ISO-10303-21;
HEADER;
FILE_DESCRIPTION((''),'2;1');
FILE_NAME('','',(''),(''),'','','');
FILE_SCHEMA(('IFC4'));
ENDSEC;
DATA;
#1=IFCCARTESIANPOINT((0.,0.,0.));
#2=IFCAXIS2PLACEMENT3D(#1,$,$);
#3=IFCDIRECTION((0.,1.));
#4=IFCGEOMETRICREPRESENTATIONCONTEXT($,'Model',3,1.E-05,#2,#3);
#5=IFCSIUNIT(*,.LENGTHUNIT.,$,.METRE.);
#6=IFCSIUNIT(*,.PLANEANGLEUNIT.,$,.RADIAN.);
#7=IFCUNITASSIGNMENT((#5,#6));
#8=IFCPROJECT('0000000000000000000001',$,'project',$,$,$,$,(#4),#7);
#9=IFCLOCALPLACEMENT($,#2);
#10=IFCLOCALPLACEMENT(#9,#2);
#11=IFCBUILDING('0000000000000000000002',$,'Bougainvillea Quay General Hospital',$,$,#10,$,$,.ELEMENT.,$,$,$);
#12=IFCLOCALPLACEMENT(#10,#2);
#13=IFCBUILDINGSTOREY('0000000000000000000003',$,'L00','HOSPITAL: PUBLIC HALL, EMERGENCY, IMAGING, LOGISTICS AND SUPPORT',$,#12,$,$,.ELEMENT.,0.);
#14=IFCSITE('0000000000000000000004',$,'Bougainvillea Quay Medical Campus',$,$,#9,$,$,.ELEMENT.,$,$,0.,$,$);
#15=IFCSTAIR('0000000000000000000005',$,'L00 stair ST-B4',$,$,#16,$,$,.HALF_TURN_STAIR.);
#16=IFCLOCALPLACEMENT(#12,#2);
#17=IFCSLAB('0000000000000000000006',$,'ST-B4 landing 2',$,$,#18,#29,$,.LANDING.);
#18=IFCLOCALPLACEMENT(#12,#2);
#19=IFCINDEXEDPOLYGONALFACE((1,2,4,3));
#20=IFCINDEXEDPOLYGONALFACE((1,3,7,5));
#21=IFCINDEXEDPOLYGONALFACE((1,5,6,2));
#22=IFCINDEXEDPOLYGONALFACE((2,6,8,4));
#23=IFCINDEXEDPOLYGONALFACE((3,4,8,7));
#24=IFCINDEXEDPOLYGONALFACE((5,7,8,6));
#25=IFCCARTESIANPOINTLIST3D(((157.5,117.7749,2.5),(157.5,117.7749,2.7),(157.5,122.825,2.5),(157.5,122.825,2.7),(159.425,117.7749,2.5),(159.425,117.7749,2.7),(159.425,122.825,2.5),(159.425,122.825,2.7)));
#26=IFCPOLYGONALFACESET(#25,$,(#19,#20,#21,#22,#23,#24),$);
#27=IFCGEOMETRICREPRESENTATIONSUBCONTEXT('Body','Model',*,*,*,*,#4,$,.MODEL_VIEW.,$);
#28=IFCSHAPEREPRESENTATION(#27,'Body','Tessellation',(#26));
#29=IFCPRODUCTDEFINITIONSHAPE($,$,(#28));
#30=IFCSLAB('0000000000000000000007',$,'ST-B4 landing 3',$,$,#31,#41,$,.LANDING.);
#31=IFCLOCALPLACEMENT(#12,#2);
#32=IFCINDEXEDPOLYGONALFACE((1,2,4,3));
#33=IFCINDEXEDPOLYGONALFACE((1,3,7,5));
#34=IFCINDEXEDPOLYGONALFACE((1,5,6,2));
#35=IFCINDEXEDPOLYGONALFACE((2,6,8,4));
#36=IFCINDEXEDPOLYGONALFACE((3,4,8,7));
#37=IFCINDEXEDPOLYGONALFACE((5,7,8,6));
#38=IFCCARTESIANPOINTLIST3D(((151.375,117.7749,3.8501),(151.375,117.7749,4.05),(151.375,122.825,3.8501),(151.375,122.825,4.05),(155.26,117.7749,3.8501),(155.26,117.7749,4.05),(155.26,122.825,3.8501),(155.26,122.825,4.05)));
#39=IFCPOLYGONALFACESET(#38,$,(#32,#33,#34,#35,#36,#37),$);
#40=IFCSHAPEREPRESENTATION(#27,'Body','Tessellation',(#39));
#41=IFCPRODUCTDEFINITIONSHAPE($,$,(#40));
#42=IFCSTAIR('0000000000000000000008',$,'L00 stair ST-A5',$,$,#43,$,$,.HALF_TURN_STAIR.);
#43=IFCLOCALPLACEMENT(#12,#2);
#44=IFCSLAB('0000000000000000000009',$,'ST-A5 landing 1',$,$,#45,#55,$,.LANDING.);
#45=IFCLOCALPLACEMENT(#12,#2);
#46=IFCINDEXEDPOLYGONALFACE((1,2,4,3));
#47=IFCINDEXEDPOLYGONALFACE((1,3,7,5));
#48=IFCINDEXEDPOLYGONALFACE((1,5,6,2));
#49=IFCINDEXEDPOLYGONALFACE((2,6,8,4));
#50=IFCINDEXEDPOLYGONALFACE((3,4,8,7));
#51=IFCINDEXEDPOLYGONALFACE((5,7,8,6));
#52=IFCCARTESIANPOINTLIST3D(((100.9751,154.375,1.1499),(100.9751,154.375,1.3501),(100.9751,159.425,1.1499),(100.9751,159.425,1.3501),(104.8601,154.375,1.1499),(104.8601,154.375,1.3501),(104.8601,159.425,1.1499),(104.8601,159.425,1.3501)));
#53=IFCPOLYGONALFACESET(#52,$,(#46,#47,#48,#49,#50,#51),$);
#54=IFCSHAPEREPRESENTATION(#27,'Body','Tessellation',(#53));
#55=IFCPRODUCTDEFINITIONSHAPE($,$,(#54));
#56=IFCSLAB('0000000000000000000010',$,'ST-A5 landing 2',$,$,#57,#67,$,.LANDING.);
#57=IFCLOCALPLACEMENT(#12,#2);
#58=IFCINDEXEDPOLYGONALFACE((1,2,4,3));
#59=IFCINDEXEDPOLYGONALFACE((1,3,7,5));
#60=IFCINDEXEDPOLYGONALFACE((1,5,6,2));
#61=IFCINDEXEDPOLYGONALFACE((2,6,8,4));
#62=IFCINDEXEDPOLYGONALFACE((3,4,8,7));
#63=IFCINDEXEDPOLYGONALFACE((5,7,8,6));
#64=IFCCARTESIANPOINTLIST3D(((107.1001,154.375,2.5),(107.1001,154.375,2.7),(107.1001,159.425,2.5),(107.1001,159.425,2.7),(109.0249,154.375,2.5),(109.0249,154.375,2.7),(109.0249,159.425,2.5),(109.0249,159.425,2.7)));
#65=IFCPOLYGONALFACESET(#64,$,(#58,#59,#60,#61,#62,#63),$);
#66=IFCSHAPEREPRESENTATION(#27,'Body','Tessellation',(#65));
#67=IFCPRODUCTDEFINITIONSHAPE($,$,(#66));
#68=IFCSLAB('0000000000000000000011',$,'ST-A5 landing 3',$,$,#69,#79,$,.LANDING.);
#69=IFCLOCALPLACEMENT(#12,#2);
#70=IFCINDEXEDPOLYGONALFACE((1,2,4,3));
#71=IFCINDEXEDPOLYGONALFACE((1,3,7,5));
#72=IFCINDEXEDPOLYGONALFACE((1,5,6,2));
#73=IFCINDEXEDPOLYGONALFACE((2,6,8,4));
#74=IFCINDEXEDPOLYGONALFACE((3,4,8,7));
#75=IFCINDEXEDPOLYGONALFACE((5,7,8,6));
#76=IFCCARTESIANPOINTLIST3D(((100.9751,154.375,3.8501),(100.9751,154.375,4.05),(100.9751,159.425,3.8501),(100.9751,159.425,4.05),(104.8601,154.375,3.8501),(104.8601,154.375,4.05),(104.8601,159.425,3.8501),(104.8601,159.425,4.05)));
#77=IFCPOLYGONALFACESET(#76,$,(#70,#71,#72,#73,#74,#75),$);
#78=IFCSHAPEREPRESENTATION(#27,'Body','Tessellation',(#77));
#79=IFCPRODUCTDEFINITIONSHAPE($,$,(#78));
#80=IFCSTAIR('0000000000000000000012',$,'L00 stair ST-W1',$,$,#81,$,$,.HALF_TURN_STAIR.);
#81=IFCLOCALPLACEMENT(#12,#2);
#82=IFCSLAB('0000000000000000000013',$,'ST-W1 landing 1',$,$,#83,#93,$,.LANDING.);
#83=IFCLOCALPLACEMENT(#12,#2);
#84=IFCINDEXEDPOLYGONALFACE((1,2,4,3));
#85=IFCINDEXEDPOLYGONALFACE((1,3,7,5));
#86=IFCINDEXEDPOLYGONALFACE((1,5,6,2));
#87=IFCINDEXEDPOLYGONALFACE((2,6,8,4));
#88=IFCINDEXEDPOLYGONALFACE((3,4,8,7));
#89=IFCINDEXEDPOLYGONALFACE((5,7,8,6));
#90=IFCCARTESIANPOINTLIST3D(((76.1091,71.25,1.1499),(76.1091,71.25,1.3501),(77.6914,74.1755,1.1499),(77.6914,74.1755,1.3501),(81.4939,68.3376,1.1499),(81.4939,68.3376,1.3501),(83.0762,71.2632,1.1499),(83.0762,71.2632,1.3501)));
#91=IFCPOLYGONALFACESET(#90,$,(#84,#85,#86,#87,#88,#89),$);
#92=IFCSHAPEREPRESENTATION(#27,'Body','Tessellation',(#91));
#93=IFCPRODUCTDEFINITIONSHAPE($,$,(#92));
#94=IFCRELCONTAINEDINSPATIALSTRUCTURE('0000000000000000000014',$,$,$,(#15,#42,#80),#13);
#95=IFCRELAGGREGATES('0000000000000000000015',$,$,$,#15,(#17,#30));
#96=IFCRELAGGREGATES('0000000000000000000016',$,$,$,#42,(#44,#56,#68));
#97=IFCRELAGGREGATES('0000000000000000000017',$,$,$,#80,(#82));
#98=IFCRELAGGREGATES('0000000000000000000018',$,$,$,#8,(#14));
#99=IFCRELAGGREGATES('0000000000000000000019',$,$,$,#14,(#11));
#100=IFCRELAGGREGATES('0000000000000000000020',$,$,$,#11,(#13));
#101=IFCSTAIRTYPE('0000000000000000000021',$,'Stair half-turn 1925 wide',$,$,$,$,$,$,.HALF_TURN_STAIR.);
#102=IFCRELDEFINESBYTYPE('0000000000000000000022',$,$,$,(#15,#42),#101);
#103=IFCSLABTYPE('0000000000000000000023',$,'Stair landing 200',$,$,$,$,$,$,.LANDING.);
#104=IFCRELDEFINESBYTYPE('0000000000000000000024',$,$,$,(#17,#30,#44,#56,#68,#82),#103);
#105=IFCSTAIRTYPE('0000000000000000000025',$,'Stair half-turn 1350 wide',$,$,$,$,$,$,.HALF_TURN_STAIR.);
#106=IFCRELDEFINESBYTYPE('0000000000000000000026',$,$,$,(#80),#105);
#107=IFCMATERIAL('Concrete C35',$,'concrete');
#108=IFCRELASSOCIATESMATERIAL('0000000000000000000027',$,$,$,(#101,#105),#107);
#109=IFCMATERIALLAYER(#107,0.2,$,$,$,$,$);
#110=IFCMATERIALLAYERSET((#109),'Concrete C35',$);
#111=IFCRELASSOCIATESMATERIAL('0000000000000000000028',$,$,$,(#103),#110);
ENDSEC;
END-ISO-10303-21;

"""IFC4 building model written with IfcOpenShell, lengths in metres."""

from ifc_helpers import new_model, si_unit, direction, frame, origin, place, context, subcontext, project, spatial, polyline, outline, extrude, material, layer, layer_set, type_object, element, aggregate, save


model = new_model("IFC4")

# Units and contexts
model_context = context("Model", 3, precision=1e-05, world=origin(), true_north=direction((0.0, 1.0)))
body_context = subcontext(model_context, "Body", "Model", "MODEL_VIEW")
ifc_project = project(units=[si_unit("LENGTHUNIT", "METRE"), si_unit("PLANEANGLEUNIT", "RADIAN")], contexts=[model_context])

# Site, building, storey
site_placement = place(None, origin())
site = spatial("IfcSite", under=ifc_project, at=site_placement, Name="Bougainvillea Quay Medical Campus", CompositionType="ELEMENT", RefElevation=0.0)
building_placement = place(site_placement, origin())
building = spatial("IfcBuilding", under=site, at=building_placement, Name="Bougainvillea Quay General Hospital", CompositionType="ELEMENT")
storey_placement = place(building_placement, origin())
storey = spatial("IfcBuildingStorey", under=building, at=storey_placement, Name="L00", Description="HOSPITAL: PUBLIC HALL, EMERGENCY, IMAGING, LOGISTICS AND SUPPORT", CompositionType="ELEMENT", Elevation=0.0)

# Stairs, slabs
ifc_material = material(Name="Concrete C35", Category="concrete")
stair_type_1 = type_object("IfcStairType", Name="Stair half-turn 1925 wide", PredefinedType="HALF_TURN_STAIR", material=ifc_material)
ifc_layer = layer(ifc_material, 0.2)
ifc_layer_set = layer_set([ifc_layer], Name="Concrete C35")
slab_type = type_object("IfcSlabType", Name="Stair landing 200", PredefinedType="LANDING", material=ifc_layer_set)
stair_1_placement = place(storey_placement, origin())
stair_1 = element("IfcStair", 1, at=stair_1_placement, inside=storey, type_object=stair_type_1, Name="L00 stair ST-B4", PredefinedType="HALF_TURN_STAIR")
slab_1_placement = place(storey_placement, frame((0.0, 0.0, 2.5)))
slab_1 = element("IfcSlab", 2, at=slab_1_placement, type_object=slab_type, Name="ST-B4 landing 2", PredefinedType="LANDING", context=body_context, shape_type="SweptSolid", body=[
    extrude(outline(polyline([(159.425, 122.825), (157.5, 122.825), (157.5, 117.7749), (159.425, 117.7749), (159.425, 122.825)])), origin(), (0.0, 0.0, 1.0), 0.2),
])
slab_2_placement = place(storey_placement, frame((0.0, 0.0, 3.8501)))
slab_2 = element("IfcSlab", 3, at=slab_2_placement, type_object=slab_type, Name="ST-B4 landing 3", PredefinedType="LANDING", context=body_context, shape_type="SweptSolid", body=[
    extrude(outline(polyline([(155.26, 122.825), (151.375, 122.825), (151.375, 117.7749), (155.26, 117.7749), (155.26, 122.825)])), origin(), (0.0, 0.0, 1.0), 0.2),
])
aggregate(stair_1, [slab_1, slab_2])
stair_2_placement = place(storey_placement, origin())
stair_2 = element("IfcStair", 4, at=stair_2_placement, inside=storey, type_object=stair_type_1, Name="L00 stair ST-A5", PredefinedType="HALF_TURN_STAIR")
slab_3_placement = place(storey_placement, frame((0.0, 0.0, 1.1499)))
slab_3 = element("IfcSlab", 5, at=slab_3_placement, type_object=slab_type, Name="ST-A5 landing 1", PredefinedType="LANDING", context=body_context, shape_type="SweptSolid", body=[
    extrude(outline(polyline([(104.8601, 159.425), (100.9751, 159.425), (100.9751, 154.375), (104.8601, 154.375), (104.8601, 159.425)])), origin(), (0.0, 0.0, 1.0), 0.2002),
])
slab_4_placement = place(storey_placement, frame((0.0, 0.0, 2.5)))
slab_4 = element("IfcSlab", 6, at=slab_4_placement, type_object=slab_type, Name="ST-A5 landing 2", PredefinedType="LANDING", context=body_context, shape_type="SweptSolid", body=[
    extrude(outline(polyline([(109.0249, 159.425), (107.1001, 159.425), (107.1001, 154.375), (109.0249, 154.375), (109.0249, 159.425)])), origin(), (0.0, 0.0, 1.0), 0.2),
])
slab_5_placement = place(storey_placement, frame((0.0, 0.0, 3.8501)))
slab_5 = element("IfcSlab", 7, at=slab_5_placement, type_object=slab_type, Name="ST-A5 landing 3", PredefinedType="LANDING", context=body_context, shape_type="SweptSolid", body=[
    extrude(outline(polyline([(104.8601, 159.425), (100.9751, 159.425), (100.9751, 154.375), (104.8601, 154.375), (104.8601, 159.425)])), origin(), (0.0, 0.0, 1.0), 0.2),
])
aggregate(stair_2, [slab_3, slab_4, slab_5])

# Stair, slab
stair_type_2 = type_object("IfcStairType", Name="Stair half-turn 1350 wide", PredefinedType="HALF_TURN_STAIR", material=ifc_material)
stair_3_placement = place(storey_placement, origin())
stair_3 = element("IfcStair", 8, at=stair_3_placement, inside=storey, type_object=stair_type_2, Name="L00 stair ST-W1", PredefinedType="HALF_TURN_STAIR")
slab_6_placement = place(storey_placement, frame((0.0, 0.0, 1.1499)))
slab_6 = element("IfcSlab", 9, at=slab_6_placement, type_object=slab_type, Name="ST-W1 landing 1", PredefinedType="LANDING", context=body_context, shape_type="SweptSolid", body=[
    extrude(outline(polyline([(77.6914, 74.1755), (76.1091, 71.25), (81.4939, 68.3376), (83.0762, 71.2632), (77.6914, 74.1755)])), origin(), (0.0, 0.0, 1.0), 0.2002),
])
aggregate(stair_3, [slab_6])

save(model, "model.ifc")
